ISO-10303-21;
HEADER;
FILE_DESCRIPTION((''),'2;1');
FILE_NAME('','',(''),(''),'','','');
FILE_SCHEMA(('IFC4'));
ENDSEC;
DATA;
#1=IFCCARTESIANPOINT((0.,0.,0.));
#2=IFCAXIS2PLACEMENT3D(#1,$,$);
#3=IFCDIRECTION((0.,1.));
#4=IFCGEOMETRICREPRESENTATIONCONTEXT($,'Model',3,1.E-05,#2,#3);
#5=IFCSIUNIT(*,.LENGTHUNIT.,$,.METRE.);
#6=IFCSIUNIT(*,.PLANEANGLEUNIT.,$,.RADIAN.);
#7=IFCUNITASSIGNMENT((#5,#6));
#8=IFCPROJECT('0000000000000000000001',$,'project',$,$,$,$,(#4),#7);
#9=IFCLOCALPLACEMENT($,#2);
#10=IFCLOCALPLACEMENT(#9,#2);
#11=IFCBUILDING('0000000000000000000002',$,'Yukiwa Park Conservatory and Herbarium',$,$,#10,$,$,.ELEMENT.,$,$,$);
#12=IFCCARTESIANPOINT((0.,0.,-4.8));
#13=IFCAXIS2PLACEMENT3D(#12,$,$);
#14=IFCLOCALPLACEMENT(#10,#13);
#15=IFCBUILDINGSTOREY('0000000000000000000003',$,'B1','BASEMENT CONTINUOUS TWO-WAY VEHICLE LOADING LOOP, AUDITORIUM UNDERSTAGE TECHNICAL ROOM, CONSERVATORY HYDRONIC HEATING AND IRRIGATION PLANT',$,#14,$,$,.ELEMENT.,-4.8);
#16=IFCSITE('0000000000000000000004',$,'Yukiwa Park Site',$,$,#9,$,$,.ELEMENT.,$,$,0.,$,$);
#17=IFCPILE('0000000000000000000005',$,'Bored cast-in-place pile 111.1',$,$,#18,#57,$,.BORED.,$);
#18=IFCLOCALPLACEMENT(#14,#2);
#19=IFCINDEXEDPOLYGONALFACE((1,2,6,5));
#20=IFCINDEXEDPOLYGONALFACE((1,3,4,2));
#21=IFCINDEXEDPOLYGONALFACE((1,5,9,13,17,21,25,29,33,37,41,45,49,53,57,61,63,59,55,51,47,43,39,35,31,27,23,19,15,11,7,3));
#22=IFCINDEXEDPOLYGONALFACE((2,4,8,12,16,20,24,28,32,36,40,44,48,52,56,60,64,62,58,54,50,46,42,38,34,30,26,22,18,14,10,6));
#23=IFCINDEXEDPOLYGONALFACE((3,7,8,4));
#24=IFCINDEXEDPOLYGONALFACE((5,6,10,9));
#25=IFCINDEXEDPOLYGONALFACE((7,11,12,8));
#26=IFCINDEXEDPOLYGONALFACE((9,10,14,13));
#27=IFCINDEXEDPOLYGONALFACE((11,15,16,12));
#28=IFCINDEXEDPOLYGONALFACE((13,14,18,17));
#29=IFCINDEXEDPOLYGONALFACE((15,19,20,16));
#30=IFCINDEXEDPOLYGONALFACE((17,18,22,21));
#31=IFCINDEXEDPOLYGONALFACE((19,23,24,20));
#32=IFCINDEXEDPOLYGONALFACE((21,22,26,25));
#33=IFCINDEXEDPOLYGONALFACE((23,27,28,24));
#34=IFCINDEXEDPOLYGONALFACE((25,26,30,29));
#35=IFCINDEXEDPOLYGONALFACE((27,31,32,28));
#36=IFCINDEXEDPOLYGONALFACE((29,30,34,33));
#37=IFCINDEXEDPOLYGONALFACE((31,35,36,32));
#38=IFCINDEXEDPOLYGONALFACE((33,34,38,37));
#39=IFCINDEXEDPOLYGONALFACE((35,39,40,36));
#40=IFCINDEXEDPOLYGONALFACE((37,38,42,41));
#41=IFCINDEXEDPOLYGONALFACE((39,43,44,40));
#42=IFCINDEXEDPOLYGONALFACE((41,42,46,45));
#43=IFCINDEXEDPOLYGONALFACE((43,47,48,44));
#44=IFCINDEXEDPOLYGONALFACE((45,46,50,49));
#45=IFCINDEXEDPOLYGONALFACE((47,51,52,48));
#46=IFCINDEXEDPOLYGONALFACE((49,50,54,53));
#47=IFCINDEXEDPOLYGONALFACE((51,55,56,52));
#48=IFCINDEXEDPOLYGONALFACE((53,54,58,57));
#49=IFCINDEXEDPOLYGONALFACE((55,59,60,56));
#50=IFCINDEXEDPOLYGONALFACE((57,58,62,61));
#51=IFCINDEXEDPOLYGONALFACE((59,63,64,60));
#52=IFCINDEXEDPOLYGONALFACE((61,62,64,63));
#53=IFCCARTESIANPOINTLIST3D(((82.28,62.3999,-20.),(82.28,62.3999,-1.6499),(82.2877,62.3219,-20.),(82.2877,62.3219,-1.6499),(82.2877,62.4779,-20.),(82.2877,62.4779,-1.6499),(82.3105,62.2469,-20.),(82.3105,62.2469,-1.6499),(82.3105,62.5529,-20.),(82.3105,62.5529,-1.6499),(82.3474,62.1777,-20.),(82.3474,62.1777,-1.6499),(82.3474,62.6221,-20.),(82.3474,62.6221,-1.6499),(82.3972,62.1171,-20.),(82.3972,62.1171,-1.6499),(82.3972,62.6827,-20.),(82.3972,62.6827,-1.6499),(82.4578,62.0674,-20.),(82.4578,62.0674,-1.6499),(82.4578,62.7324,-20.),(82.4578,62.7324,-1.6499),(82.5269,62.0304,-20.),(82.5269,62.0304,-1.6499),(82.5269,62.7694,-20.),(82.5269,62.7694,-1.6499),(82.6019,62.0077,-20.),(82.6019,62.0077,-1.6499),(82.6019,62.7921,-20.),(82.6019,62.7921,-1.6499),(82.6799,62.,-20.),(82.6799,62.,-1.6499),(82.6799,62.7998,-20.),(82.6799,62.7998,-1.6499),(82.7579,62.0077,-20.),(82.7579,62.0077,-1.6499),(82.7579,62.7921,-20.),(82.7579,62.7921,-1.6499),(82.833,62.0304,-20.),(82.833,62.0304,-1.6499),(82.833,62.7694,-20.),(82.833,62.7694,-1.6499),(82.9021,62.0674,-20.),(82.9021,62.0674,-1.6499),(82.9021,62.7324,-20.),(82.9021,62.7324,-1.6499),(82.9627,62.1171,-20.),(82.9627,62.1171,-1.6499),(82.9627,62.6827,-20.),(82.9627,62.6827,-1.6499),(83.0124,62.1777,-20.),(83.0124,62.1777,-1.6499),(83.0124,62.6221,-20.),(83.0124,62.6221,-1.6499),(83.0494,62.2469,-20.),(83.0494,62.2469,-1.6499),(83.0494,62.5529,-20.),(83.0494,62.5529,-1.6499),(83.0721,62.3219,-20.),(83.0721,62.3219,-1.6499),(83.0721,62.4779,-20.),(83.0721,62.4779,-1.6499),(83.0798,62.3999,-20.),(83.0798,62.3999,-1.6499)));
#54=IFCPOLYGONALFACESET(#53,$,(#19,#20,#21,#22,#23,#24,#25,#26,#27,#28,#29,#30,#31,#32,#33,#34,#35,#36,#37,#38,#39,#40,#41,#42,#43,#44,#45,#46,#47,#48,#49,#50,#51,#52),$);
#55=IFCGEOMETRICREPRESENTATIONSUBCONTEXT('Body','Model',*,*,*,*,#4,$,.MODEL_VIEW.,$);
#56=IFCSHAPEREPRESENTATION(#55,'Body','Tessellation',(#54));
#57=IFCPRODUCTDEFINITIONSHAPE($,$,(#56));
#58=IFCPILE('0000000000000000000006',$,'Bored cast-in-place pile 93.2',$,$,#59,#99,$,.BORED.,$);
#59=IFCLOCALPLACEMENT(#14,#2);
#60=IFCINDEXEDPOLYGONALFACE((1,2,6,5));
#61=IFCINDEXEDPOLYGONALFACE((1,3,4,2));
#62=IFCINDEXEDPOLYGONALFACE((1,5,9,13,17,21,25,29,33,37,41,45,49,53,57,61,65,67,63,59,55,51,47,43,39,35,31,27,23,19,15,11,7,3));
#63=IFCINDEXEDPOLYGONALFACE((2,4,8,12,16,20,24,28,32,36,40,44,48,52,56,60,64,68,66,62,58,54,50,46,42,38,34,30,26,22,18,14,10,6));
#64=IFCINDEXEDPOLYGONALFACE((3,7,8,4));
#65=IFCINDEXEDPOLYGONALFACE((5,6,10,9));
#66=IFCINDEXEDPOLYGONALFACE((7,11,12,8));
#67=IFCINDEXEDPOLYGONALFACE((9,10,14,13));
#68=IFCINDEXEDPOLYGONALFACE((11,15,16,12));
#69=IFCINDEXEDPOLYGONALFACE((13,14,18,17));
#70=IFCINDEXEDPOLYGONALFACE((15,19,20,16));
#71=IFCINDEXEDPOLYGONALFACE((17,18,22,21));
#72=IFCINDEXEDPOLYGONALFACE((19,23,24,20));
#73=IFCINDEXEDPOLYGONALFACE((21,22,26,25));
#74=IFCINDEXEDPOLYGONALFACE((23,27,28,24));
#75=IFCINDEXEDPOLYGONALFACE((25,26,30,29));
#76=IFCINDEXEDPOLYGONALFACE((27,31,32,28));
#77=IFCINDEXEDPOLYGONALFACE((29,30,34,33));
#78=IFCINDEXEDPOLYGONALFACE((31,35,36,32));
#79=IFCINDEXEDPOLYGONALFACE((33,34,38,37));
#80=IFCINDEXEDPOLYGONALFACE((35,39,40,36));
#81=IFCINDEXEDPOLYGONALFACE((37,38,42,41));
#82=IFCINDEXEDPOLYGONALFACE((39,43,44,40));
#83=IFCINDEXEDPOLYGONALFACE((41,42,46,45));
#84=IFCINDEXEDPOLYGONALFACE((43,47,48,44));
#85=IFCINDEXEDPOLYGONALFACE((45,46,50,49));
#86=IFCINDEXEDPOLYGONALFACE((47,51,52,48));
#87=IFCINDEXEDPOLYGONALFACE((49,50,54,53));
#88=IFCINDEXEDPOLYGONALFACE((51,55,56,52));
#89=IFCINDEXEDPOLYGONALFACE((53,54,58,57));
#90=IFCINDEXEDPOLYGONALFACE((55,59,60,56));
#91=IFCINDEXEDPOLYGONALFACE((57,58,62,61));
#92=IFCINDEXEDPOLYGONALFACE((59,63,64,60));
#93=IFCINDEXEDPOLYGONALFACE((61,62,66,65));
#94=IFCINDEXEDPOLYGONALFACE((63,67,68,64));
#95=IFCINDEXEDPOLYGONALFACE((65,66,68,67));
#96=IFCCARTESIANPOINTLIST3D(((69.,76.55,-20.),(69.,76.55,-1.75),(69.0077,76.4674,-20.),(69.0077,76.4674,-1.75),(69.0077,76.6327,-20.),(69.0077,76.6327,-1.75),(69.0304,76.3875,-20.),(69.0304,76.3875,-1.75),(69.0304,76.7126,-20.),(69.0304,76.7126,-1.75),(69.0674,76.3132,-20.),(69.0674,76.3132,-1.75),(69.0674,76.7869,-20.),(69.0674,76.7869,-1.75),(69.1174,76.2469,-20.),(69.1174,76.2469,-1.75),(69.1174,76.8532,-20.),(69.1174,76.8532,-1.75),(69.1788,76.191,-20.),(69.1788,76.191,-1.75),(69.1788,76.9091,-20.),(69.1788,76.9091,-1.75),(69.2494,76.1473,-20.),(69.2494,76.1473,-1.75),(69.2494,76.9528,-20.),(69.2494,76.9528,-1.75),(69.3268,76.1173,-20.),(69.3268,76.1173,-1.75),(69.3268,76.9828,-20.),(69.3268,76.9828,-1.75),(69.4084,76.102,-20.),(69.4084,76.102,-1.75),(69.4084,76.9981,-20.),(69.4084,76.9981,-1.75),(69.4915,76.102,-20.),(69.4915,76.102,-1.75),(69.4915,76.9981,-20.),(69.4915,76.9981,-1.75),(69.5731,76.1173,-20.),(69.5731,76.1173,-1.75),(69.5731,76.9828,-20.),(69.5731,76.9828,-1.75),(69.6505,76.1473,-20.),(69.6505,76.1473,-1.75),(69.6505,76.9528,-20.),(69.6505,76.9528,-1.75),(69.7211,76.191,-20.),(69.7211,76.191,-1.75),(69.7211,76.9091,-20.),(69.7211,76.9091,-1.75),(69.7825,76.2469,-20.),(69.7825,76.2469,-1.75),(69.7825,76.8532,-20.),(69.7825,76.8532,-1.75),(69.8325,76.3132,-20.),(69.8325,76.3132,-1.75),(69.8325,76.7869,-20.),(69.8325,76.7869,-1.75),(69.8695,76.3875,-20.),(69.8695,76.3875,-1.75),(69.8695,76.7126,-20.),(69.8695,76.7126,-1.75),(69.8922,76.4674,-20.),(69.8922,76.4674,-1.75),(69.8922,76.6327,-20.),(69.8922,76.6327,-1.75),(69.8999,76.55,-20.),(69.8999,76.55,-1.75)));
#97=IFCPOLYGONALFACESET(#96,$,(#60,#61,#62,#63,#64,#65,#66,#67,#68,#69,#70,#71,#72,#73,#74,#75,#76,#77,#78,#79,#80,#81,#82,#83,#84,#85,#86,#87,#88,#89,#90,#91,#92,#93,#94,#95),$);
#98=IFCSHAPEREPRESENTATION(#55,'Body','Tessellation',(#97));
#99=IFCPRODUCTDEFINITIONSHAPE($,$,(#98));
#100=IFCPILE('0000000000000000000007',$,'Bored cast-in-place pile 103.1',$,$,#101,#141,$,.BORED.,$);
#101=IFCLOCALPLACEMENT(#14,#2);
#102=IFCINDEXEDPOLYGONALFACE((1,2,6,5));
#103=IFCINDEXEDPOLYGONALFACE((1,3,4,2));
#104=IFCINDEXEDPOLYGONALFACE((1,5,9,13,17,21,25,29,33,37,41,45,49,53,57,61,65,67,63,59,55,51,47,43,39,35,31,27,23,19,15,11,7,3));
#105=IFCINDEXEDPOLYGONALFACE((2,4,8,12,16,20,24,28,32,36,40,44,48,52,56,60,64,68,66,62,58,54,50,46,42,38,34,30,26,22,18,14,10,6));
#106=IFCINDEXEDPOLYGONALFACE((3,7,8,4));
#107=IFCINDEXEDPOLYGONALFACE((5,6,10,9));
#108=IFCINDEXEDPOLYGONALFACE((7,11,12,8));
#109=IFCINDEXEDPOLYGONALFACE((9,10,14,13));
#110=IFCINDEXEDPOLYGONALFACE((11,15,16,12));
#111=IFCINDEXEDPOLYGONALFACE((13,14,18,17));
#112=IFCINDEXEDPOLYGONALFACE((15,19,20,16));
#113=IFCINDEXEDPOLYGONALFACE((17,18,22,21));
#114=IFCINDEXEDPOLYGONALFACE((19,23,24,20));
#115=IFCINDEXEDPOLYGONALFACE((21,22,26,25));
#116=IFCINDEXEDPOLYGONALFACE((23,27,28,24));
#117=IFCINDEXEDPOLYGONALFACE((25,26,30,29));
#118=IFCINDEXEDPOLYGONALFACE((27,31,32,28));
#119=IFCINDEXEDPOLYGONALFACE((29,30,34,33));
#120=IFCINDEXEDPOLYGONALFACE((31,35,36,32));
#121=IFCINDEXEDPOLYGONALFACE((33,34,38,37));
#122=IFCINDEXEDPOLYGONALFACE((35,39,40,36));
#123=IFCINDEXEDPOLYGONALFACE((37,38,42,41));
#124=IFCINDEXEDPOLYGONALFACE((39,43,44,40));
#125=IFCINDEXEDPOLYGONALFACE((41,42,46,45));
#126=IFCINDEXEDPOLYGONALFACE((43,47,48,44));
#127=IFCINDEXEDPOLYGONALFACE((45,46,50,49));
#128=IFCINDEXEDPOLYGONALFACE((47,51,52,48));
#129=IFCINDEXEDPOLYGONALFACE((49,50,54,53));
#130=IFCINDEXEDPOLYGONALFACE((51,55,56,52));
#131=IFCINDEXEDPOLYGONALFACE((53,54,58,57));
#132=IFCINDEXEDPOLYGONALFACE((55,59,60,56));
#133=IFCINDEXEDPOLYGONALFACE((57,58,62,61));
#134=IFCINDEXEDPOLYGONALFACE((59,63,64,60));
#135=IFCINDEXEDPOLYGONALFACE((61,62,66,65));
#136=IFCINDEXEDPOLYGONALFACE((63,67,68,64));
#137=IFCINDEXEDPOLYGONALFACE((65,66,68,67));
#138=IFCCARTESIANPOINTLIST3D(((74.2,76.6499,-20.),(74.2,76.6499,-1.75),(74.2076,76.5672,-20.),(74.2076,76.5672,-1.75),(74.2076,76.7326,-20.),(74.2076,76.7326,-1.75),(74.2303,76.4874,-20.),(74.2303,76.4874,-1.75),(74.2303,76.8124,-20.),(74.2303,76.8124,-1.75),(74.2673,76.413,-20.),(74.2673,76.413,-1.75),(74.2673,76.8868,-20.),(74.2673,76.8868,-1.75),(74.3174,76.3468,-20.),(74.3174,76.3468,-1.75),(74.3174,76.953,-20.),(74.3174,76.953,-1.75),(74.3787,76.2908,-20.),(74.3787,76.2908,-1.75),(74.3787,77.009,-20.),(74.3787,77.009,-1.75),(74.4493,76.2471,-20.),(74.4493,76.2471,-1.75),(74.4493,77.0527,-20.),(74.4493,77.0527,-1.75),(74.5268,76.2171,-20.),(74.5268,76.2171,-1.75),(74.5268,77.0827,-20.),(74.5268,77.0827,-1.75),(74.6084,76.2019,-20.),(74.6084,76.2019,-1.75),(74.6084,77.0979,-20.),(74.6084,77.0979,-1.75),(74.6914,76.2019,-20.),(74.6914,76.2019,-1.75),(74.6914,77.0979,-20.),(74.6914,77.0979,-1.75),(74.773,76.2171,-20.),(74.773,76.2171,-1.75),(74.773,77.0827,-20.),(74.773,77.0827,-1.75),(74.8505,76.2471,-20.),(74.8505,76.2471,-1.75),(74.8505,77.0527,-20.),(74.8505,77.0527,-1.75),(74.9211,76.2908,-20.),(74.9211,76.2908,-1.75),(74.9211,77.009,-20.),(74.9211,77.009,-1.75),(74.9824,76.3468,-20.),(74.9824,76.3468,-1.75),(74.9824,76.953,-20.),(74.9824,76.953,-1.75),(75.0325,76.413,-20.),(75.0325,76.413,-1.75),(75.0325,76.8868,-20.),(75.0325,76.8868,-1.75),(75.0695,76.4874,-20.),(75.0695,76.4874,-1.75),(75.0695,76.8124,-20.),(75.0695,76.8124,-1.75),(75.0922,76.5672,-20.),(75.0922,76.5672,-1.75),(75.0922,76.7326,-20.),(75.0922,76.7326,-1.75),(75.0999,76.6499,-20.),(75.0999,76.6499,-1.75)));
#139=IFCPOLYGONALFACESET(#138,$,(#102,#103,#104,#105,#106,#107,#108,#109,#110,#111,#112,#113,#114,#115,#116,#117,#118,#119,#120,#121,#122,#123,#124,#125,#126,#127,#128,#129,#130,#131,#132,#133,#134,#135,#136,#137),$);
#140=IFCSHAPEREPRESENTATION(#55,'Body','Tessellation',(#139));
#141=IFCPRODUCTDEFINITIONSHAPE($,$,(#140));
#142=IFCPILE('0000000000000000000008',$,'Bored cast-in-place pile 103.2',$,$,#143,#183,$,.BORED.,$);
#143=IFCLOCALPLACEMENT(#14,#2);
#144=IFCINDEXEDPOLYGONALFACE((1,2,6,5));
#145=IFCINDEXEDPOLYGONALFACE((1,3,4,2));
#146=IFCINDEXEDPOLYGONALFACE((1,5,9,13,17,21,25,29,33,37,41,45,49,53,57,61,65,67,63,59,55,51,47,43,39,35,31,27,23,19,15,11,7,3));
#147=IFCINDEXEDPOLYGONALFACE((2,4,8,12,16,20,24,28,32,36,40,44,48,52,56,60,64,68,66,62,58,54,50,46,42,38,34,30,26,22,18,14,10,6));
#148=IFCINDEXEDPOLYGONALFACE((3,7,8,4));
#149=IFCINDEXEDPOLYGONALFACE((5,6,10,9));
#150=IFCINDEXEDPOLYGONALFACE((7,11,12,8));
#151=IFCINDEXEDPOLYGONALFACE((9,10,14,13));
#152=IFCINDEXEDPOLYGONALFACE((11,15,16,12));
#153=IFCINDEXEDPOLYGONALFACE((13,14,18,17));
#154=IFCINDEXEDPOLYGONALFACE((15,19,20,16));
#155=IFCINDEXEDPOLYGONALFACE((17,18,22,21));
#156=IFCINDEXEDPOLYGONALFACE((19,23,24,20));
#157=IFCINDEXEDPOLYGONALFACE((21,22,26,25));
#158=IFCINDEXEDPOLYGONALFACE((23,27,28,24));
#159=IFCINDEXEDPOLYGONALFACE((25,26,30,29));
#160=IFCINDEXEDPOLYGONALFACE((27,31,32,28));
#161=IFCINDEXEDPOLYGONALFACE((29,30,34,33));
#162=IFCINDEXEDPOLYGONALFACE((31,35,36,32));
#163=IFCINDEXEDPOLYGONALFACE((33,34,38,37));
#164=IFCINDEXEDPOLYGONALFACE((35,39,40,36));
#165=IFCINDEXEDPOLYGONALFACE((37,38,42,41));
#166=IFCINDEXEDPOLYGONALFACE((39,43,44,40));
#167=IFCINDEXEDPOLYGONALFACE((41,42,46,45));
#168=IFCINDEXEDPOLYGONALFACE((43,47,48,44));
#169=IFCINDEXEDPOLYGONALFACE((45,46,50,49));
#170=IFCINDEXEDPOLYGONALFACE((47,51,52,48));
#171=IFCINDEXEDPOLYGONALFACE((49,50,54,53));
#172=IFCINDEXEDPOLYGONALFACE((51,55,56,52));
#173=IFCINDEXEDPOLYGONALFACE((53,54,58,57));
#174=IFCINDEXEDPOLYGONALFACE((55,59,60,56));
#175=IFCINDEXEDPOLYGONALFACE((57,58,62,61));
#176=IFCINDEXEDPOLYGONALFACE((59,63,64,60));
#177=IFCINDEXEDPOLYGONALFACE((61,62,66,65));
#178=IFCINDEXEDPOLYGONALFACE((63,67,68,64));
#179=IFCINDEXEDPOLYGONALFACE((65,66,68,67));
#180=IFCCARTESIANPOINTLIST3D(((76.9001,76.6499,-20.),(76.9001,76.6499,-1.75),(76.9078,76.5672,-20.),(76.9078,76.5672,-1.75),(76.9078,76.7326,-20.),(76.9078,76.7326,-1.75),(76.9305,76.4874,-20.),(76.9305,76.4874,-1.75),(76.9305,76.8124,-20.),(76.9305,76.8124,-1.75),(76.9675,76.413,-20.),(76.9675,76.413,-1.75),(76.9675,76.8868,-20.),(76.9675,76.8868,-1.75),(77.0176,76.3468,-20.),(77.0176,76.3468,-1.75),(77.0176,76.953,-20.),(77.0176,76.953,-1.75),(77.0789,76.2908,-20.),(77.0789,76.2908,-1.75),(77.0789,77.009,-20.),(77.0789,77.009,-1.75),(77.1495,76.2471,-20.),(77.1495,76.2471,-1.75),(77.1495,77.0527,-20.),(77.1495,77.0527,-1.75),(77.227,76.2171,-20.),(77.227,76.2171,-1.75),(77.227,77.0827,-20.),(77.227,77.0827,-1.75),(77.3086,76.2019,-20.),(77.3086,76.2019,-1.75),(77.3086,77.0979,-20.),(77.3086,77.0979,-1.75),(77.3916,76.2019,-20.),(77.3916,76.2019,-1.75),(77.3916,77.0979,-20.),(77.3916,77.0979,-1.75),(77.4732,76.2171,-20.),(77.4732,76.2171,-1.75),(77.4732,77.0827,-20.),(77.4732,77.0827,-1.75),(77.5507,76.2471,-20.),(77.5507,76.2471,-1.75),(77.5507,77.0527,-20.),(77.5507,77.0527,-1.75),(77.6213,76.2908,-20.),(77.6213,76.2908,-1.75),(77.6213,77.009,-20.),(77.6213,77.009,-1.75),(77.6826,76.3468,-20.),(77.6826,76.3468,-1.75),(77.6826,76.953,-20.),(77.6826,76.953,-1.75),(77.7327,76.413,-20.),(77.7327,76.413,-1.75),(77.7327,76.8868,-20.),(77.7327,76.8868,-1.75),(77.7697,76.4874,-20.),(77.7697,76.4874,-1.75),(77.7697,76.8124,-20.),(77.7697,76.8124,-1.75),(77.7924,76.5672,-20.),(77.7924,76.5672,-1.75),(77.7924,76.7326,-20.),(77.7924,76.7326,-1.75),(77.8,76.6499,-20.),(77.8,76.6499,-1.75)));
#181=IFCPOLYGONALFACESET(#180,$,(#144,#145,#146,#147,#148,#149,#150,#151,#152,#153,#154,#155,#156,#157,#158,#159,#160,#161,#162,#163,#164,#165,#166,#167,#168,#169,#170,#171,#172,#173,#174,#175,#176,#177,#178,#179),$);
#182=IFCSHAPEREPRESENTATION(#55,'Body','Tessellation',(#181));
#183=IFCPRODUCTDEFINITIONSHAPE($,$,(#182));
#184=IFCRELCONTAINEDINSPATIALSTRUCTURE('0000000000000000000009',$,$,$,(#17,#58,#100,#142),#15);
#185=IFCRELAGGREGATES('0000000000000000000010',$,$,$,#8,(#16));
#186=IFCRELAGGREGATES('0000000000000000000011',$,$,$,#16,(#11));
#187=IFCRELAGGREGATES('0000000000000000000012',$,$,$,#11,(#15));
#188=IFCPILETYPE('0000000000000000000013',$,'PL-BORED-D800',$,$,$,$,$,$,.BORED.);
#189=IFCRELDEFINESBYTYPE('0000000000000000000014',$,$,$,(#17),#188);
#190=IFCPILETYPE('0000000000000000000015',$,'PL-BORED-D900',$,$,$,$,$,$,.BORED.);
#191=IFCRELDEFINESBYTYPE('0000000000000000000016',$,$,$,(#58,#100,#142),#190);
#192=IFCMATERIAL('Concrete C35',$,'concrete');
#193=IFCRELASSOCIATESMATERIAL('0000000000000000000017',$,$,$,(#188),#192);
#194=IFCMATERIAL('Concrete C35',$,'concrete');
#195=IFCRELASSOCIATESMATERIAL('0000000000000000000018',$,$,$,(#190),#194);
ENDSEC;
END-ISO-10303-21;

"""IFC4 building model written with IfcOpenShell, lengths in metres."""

from ifc_helpers import new_model, si_unit, direction, frame, origin, origin_2d, place, context, subcontext, project, spatial, circle, extrude, material, material_profile, profile_set, type_object, element, save


model = new_model("IFC4")

# Units and contexts
model_context = context("Model", 3, precision=1e-05, world=origin(), true_north=direction((0.0, 1.0)))
body_context = subcontext(model_context, "Body", "Model", "MODEL_VIEW")
ifc_project = project(units=[si_unit("LENGTHUNIT", "METRE"), si_unit("PLANEANGLEUNIT", "RADIAN")], contexts=[model_context])

# Site, building, storey
site_placement = place(None, origin())
site = spatial("IfcSite", under=ifc_project, at=site_placement, Name="Yukiwa Park Site", CompositionType="ELEMENT", RefElevation=0.0)
building_placement = place(site_placement, origin())
building = spatial("IfcBuilding", under=site, at=building_placement, Name="Yukiwa Park Conservatory and Herbarium", CompositionType="ELEMENT")
storey_placement = place(building_placement, frame((0.0, 0.0, -4.8)))
storey = spatial("IfcBuildingStorey", under=building, at=storey_placement, Name="B1", Description="BASEMENT CONTINUOUS TWO-WAY VEHICLE LOADING LOOP, AUDITORIUM UNDERSTAGE TECHNICAL ROOM, CONSERVATORY HYDRONIC HEATING AND IRRIGATION PLANT", CompositionType="ELEMENT", Elevation=-4.8)

# Piles
ifc_material_1 = material(Name="Concrete C35", Category="concrete")
ifc_material_profile_1 = material_profile(ifc_material_1, circle(Radius=0.3999, at=origin_2d()), Name="PILE D800")
ifc_profile_set_1 = profile_set([ifc_material_profile_1], Name="Concrete C35")
pile_type_1 = type_object("IfcPileType", Name="PL-BORED-D800", PredefinedType="BORED", material=ifc_profile_set_1)
pile_1_placement = place(storey_placement, frame((82.6799, 62.3999, -1.6499), z_axis=(0.0, 0.0, -1.0), x_axis=(1.0, 0.0, 0.0)))
element("IfcPile", 1, at=pile_1_placement, inside=storey, type_object=pile_type_1, Name="Bored cast-in-place pile 111.1", PredefinedType="BORED", context=body_context, shape_type="SweptSolid", body=[
    extrude(circle(Radius=0.3999, at=origin_2d()), origin(), (0.0, 0.0, 1.0), 18.3501),
])
ifc_material_2 = material(Name="Concrete C35", Category="concrete")
ifc_material_profile_2 = material_profile(ifc_material_2, circle(Radius=0.45, at=origin_2d()), Name="PILE D900")
ifc_profile_set_2 = profile_set([ifc_material_profile_2], Name="Concrete C35")
pile_type_2 = type_object("IfcPileType", Name="PL-BORED-D900", PredefinedType="BORED", material=ifc_profile_set_2)
for number, where, z_axis, x_axis, name in (
    (2, (69.45, 76.55, -1.75), (0.0, 0.0, -1.0), (1.0, 0.0, 0.0), "Bored cast-in-place pile 93.2"),
    (3, (74.6499, 76.6499, -1.75), (0.0, 0.0, -1.0), (1.0, 0.0, 0.0), "Bored cast-in-place pile 103.1"),
    (4, (77.3501, 76.6499, -1.75), (0.0, 0.0, -1.0), (1.0, 0.0, 0.0), "Bored cast-in-place pile 103.2"),
):
    element("IfcPile", number, at=place(storey_placement, frame(where, z_axis=z_axis, x_axis=x_axis)), inside=storey, type_object=pile_type_2, Name=name, PredefinedType="BORED", context=body_context, shape_type="SweptSolid", body=[
        extrude(circle(Radius=0.45, at=origin_2d()), origin(), (0.0, 0.0, 1.0), 18.25),
    ])

save(model, "model.ifc")
